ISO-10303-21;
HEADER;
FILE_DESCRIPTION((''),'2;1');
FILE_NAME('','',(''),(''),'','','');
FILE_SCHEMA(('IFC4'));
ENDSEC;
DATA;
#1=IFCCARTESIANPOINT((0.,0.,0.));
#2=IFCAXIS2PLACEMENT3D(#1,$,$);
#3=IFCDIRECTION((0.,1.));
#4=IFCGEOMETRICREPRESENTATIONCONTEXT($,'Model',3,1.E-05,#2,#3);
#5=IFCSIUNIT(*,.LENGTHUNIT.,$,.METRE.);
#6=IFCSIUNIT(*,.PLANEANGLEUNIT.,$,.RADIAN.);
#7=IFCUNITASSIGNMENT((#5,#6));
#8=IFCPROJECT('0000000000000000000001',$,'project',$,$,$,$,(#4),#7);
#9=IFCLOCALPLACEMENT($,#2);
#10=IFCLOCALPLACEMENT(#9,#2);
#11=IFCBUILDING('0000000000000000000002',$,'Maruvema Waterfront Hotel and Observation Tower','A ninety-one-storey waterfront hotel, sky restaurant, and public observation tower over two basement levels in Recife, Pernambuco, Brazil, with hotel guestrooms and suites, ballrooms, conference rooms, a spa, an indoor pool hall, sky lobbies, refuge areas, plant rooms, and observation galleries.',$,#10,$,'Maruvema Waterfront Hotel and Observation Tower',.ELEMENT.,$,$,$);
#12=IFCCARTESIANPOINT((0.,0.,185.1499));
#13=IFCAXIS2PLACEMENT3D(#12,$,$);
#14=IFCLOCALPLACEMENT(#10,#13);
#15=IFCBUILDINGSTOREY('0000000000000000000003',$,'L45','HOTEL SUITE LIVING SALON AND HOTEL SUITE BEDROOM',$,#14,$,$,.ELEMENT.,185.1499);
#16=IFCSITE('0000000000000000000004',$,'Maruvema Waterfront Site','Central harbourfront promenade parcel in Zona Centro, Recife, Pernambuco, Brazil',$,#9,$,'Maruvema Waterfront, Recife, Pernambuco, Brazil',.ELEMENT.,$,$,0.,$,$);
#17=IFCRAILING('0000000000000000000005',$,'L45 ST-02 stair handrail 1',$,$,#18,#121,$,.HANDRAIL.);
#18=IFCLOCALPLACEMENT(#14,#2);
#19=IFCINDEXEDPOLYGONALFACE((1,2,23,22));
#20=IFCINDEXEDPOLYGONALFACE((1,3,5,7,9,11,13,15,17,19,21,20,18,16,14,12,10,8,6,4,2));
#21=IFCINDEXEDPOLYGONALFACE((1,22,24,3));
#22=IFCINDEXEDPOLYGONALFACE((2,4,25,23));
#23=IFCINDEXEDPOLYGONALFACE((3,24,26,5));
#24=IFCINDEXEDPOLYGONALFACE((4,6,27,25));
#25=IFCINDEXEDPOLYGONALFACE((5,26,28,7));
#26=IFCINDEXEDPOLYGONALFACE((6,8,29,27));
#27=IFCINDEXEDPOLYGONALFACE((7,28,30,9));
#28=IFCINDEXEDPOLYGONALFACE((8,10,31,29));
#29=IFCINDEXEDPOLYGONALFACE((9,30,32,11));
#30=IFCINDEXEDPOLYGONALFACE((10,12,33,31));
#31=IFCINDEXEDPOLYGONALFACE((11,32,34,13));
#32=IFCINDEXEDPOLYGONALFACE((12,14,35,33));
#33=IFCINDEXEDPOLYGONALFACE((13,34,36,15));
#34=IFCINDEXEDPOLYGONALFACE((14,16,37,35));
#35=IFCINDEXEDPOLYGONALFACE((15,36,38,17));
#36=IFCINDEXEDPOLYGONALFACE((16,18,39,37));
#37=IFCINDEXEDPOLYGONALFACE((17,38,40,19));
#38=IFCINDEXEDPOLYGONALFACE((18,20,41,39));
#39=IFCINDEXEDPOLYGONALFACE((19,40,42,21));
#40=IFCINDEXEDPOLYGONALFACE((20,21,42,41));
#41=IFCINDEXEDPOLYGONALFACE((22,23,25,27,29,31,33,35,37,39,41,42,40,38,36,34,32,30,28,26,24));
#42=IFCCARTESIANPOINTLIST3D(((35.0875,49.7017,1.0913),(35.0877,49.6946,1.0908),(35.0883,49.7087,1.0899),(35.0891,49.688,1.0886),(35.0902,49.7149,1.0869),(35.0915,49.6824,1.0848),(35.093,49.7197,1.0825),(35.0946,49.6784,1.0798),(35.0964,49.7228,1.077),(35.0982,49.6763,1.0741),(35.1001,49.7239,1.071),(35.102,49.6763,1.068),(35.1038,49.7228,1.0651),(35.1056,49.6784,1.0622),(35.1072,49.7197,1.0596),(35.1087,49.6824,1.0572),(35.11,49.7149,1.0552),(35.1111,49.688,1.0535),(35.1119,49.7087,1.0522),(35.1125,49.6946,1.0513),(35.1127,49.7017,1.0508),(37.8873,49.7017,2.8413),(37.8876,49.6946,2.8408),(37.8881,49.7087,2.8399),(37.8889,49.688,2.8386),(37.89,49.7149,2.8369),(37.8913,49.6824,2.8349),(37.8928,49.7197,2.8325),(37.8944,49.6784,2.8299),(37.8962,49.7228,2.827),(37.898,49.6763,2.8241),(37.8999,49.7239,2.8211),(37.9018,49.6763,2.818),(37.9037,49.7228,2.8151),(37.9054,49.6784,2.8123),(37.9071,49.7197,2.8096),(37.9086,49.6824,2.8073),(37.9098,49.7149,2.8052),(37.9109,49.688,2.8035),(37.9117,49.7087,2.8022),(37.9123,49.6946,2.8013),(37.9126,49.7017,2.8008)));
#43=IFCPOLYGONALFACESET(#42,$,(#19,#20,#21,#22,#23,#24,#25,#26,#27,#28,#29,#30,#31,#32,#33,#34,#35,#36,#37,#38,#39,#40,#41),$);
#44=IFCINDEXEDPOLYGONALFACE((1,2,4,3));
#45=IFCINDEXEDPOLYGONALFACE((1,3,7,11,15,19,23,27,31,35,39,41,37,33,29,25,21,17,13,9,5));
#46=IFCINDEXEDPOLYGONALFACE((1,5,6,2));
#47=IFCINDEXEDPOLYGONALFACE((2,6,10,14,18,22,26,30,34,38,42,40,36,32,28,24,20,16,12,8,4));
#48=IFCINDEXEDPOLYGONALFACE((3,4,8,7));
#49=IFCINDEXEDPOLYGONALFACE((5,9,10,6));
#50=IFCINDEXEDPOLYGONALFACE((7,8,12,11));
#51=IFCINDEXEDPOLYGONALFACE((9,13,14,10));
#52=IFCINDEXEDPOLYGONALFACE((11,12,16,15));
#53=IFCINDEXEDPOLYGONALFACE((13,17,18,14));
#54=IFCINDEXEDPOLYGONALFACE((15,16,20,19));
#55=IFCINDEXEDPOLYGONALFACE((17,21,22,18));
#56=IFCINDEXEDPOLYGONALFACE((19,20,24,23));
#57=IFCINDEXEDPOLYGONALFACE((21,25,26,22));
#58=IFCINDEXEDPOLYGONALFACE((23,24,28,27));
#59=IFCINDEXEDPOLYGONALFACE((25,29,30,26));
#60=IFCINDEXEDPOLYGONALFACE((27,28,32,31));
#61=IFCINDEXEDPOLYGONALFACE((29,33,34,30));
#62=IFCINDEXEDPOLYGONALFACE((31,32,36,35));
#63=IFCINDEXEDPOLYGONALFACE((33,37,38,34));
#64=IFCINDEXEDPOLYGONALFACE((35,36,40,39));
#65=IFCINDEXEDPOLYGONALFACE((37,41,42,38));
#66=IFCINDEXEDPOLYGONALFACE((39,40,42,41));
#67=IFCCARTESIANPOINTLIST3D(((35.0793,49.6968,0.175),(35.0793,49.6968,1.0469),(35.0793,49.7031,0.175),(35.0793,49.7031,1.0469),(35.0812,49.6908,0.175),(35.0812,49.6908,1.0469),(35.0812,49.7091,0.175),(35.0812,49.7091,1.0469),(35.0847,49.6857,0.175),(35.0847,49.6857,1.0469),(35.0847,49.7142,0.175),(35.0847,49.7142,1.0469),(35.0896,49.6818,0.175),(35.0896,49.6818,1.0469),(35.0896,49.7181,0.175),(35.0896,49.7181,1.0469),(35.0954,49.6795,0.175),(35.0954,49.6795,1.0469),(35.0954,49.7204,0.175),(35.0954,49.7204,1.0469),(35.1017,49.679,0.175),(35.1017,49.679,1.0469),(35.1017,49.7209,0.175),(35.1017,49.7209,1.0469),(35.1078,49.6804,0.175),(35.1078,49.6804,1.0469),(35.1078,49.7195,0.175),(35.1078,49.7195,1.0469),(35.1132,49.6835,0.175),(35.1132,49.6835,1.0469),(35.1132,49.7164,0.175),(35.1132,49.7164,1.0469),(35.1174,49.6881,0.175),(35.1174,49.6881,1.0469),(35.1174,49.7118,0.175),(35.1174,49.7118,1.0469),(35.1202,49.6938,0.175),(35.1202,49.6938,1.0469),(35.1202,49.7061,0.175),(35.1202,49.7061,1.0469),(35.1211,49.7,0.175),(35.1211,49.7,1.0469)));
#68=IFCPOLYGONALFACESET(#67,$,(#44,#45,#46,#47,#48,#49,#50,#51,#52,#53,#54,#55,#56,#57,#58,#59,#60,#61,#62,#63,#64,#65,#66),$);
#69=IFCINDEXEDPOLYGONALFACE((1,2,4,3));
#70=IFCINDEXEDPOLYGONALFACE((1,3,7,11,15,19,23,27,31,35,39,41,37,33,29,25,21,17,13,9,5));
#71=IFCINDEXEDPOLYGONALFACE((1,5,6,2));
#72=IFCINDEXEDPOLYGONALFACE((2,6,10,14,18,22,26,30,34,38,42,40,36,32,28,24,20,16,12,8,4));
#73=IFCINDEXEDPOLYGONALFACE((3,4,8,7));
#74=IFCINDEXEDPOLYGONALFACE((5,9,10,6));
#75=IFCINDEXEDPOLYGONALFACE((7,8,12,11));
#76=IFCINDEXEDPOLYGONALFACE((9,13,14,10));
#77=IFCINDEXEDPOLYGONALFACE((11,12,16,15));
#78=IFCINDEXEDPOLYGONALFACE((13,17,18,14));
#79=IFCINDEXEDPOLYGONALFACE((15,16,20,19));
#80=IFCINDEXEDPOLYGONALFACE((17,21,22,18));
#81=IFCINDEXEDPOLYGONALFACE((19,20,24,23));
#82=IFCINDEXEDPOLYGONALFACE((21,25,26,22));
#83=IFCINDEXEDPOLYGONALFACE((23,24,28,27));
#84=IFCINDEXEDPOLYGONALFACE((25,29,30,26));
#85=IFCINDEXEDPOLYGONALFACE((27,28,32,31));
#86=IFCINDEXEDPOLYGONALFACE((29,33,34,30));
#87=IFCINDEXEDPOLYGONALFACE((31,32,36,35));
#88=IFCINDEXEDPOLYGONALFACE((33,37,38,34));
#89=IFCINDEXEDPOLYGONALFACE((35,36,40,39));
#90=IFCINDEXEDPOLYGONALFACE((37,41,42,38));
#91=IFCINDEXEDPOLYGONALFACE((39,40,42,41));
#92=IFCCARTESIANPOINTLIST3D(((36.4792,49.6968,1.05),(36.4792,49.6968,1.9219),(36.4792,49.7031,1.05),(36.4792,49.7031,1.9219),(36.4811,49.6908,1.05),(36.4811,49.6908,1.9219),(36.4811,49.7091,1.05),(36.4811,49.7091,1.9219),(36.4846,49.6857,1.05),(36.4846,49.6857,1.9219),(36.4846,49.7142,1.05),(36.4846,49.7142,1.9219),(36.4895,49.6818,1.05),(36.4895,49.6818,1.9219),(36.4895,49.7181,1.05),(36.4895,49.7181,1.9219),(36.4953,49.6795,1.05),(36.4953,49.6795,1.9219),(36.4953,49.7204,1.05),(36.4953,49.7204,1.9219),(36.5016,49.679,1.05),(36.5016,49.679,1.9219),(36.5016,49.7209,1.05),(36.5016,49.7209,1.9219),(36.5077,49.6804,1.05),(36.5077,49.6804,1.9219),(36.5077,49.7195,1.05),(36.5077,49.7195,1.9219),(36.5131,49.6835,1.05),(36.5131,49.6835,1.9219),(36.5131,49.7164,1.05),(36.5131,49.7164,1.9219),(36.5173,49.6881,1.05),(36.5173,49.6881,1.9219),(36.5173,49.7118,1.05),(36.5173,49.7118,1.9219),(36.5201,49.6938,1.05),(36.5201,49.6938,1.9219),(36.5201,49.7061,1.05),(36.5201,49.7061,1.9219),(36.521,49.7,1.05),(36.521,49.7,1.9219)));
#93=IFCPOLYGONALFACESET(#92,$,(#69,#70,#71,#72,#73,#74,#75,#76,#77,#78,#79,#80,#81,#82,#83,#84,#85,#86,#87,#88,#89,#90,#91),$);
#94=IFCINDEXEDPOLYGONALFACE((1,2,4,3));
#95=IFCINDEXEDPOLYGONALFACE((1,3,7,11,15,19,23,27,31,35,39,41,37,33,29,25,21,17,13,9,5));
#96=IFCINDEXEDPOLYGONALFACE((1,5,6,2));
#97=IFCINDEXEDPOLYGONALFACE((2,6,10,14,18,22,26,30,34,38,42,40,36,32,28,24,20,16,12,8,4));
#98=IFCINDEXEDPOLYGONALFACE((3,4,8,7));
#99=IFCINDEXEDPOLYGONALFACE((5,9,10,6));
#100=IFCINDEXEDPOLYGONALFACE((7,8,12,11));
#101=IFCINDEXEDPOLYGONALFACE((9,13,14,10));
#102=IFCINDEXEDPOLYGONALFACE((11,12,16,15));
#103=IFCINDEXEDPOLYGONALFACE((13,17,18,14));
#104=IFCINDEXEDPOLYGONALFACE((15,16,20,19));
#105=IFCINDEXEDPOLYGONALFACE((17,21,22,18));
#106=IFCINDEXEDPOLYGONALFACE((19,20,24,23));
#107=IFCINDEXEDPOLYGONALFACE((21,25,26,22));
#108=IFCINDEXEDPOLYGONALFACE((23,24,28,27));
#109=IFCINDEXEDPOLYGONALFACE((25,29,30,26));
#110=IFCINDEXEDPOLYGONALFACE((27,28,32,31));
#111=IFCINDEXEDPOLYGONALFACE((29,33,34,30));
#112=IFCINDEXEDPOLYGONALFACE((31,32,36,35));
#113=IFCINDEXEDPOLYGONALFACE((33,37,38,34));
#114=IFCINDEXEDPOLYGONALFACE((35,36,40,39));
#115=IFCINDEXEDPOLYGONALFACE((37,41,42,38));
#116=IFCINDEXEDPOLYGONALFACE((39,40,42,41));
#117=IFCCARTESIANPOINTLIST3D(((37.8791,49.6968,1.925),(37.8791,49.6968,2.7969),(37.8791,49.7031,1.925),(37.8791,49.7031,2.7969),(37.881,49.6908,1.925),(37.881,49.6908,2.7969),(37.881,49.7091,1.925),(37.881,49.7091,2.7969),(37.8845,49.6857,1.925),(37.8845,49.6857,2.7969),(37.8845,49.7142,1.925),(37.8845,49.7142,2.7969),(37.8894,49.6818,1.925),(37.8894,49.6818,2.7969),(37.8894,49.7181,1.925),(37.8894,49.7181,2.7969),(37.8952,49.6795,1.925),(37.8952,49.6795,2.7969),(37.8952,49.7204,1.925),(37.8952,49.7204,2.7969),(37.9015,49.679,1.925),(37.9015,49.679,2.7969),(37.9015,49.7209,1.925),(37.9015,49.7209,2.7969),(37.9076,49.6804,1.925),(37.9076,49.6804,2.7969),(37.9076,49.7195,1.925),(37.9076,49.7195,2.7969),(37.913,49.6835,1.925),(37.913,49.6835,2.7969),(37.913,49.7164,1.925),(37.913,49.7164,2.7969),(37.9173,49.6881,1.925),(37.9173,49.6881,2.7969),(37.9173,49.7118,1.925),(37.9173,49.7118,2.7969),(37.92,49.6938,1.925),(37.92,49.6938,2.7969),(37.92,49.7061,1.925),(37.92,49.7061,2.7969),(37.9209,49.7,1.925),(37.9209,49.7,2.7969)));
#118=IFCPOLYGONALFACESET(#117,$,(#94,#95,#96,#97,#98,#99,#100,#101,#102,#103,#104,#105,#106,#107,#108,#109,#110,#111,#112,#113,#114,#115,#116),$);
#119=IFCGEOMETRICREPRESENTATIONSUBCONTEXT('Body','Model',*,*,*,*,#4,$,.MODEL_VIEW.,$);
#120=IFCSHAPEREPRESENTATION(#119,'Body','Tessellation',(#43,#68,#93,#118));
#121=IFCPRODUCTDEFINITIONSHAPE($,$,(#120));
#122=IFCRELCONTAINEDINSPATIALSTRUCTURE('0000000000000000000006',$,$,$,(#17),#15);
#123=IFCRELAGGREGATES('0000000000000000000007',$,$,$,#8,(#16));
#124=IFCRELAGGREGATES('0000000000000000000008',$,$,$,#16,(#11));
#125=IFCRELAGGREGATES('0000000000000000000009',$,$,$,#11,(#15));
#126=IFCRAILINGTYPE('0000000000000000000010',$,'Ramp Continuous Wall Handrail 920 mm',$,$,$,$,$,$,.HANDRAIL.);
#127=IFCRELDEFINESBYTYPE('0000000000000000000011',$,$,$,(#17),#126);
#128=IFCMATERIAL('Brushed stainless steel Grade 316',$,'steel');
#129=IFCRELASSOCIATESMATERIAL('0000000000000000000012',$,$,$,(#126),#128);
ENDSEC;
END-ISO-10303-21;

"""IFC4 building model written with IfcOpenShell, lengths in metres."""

from ifc_helpers import new_model, si_unit, direction, frame, origin, origin_2d, place, context, subcontext, project, spatial, circle, extrude, material, type_object, element, save


model = new_model("IFC4")

# Units and contexts
model_context = context("Model", 3, precision=1e-05, world=origin(), true_north=direction((0.0, 1.0)))
body_context = subcontext(model_context, "Body", "Model", "MODEL_VIEW")
ifc_project = project(units=[si_unit("LENGTHUNIT", "METRE"), si_unit("PLANEANGLEUNIT", "RADIAN")], contexts=[model_context])

# Site, building, storey
site_placement = place(None, origin())
site = spatial("IfcSite", under=ifc_project, at=site_placement, Name="Maruvema Waterfront Site", Description="Central harbourfront promenade parcel in Zona Centro, Recife, Pernambuco, Brazil", LongName="Maruvema Waterfront, Recife, Pernambuco, Brazil", CompositionType="ELEMENT", RefElevation=0.0)
building_placement = place(site_placement, origin())
building = spatial("IfcBuilding", under=site, at=building_placement, Name="Maruvema Waterfront Hotel and Observation Tower", Description="A ninety-one-storey waterfront hotel, sky restaurant, and public observation tower over two basement levels in Recife, Pernambuco, Brazil, with hotel guestrooms and suites, ballrooms, conference rooms, a spa, an indoor pool hall, sky lobbies, refuge areas, plant rooms, and observation galleries.", LongName="Maruvema Waterfront Hotel and Observation Tower", CompositionType="ELEMENT")
storey_placement = place(building_placement, frame((0.0, 0.0, 185.1499)))
storey = spatial("IfcBuildingStorey", under=building, at=storey_placement, Name="L45", Description="HOTEL SUITE LIVING SALON AND HOTEL SUITE BEDROOM", CompositionType="ELEMENT", Elevation=185.1499)

# Railing
ifc_material_1 = material(Name="Brushed stainless steel Grade 316", Category="steel")
railing_type_1 = type_object("IfcRailingType", Name="Ramp Continuous Wall Handrail 920 mm", PredefinedType="HANDRAIL", material=ifc_material_1)
railing_1_placement = place(storey_placement, frame((35.1001, 49.7, 0.175)))
element("IfcRailing", 1, at=railing_1_placement, inside=storey, type_object=railing_type_1, Name="L45 ST-02 stair handrail 1", PredefinedType="HANDRAIL", context=body_context, shape_type="SweptSolid", body=[
    extrude(circle(Radius=0.0239, at=origin_2d()), frame((0.0, 0.0, 0.896), z_axis=(0.847982, 0.0, 0.530026), x_axis=(0.0, 1.0, 0.0)), (0.0, 0.0, 1.0), 3.3018),
    extrude(circle(Radius=0.021, at=origin_2d()), origin(), (0.0, 0.0, 1.0), 0.8718),
    extrude(circle(Radius=0.021, at=origin_2d()), frame((1.3999, 0.0, 0.875)), (0.0, 0.0, 1.0), 0.8718),
    extrude(circle(Radius=0.021, at=origin_2d()), frame((2.7998, 0.0, 1.75)), (0.0, 0.0, 1.0), 0.8718),
])

save(model, "model.ifc")
